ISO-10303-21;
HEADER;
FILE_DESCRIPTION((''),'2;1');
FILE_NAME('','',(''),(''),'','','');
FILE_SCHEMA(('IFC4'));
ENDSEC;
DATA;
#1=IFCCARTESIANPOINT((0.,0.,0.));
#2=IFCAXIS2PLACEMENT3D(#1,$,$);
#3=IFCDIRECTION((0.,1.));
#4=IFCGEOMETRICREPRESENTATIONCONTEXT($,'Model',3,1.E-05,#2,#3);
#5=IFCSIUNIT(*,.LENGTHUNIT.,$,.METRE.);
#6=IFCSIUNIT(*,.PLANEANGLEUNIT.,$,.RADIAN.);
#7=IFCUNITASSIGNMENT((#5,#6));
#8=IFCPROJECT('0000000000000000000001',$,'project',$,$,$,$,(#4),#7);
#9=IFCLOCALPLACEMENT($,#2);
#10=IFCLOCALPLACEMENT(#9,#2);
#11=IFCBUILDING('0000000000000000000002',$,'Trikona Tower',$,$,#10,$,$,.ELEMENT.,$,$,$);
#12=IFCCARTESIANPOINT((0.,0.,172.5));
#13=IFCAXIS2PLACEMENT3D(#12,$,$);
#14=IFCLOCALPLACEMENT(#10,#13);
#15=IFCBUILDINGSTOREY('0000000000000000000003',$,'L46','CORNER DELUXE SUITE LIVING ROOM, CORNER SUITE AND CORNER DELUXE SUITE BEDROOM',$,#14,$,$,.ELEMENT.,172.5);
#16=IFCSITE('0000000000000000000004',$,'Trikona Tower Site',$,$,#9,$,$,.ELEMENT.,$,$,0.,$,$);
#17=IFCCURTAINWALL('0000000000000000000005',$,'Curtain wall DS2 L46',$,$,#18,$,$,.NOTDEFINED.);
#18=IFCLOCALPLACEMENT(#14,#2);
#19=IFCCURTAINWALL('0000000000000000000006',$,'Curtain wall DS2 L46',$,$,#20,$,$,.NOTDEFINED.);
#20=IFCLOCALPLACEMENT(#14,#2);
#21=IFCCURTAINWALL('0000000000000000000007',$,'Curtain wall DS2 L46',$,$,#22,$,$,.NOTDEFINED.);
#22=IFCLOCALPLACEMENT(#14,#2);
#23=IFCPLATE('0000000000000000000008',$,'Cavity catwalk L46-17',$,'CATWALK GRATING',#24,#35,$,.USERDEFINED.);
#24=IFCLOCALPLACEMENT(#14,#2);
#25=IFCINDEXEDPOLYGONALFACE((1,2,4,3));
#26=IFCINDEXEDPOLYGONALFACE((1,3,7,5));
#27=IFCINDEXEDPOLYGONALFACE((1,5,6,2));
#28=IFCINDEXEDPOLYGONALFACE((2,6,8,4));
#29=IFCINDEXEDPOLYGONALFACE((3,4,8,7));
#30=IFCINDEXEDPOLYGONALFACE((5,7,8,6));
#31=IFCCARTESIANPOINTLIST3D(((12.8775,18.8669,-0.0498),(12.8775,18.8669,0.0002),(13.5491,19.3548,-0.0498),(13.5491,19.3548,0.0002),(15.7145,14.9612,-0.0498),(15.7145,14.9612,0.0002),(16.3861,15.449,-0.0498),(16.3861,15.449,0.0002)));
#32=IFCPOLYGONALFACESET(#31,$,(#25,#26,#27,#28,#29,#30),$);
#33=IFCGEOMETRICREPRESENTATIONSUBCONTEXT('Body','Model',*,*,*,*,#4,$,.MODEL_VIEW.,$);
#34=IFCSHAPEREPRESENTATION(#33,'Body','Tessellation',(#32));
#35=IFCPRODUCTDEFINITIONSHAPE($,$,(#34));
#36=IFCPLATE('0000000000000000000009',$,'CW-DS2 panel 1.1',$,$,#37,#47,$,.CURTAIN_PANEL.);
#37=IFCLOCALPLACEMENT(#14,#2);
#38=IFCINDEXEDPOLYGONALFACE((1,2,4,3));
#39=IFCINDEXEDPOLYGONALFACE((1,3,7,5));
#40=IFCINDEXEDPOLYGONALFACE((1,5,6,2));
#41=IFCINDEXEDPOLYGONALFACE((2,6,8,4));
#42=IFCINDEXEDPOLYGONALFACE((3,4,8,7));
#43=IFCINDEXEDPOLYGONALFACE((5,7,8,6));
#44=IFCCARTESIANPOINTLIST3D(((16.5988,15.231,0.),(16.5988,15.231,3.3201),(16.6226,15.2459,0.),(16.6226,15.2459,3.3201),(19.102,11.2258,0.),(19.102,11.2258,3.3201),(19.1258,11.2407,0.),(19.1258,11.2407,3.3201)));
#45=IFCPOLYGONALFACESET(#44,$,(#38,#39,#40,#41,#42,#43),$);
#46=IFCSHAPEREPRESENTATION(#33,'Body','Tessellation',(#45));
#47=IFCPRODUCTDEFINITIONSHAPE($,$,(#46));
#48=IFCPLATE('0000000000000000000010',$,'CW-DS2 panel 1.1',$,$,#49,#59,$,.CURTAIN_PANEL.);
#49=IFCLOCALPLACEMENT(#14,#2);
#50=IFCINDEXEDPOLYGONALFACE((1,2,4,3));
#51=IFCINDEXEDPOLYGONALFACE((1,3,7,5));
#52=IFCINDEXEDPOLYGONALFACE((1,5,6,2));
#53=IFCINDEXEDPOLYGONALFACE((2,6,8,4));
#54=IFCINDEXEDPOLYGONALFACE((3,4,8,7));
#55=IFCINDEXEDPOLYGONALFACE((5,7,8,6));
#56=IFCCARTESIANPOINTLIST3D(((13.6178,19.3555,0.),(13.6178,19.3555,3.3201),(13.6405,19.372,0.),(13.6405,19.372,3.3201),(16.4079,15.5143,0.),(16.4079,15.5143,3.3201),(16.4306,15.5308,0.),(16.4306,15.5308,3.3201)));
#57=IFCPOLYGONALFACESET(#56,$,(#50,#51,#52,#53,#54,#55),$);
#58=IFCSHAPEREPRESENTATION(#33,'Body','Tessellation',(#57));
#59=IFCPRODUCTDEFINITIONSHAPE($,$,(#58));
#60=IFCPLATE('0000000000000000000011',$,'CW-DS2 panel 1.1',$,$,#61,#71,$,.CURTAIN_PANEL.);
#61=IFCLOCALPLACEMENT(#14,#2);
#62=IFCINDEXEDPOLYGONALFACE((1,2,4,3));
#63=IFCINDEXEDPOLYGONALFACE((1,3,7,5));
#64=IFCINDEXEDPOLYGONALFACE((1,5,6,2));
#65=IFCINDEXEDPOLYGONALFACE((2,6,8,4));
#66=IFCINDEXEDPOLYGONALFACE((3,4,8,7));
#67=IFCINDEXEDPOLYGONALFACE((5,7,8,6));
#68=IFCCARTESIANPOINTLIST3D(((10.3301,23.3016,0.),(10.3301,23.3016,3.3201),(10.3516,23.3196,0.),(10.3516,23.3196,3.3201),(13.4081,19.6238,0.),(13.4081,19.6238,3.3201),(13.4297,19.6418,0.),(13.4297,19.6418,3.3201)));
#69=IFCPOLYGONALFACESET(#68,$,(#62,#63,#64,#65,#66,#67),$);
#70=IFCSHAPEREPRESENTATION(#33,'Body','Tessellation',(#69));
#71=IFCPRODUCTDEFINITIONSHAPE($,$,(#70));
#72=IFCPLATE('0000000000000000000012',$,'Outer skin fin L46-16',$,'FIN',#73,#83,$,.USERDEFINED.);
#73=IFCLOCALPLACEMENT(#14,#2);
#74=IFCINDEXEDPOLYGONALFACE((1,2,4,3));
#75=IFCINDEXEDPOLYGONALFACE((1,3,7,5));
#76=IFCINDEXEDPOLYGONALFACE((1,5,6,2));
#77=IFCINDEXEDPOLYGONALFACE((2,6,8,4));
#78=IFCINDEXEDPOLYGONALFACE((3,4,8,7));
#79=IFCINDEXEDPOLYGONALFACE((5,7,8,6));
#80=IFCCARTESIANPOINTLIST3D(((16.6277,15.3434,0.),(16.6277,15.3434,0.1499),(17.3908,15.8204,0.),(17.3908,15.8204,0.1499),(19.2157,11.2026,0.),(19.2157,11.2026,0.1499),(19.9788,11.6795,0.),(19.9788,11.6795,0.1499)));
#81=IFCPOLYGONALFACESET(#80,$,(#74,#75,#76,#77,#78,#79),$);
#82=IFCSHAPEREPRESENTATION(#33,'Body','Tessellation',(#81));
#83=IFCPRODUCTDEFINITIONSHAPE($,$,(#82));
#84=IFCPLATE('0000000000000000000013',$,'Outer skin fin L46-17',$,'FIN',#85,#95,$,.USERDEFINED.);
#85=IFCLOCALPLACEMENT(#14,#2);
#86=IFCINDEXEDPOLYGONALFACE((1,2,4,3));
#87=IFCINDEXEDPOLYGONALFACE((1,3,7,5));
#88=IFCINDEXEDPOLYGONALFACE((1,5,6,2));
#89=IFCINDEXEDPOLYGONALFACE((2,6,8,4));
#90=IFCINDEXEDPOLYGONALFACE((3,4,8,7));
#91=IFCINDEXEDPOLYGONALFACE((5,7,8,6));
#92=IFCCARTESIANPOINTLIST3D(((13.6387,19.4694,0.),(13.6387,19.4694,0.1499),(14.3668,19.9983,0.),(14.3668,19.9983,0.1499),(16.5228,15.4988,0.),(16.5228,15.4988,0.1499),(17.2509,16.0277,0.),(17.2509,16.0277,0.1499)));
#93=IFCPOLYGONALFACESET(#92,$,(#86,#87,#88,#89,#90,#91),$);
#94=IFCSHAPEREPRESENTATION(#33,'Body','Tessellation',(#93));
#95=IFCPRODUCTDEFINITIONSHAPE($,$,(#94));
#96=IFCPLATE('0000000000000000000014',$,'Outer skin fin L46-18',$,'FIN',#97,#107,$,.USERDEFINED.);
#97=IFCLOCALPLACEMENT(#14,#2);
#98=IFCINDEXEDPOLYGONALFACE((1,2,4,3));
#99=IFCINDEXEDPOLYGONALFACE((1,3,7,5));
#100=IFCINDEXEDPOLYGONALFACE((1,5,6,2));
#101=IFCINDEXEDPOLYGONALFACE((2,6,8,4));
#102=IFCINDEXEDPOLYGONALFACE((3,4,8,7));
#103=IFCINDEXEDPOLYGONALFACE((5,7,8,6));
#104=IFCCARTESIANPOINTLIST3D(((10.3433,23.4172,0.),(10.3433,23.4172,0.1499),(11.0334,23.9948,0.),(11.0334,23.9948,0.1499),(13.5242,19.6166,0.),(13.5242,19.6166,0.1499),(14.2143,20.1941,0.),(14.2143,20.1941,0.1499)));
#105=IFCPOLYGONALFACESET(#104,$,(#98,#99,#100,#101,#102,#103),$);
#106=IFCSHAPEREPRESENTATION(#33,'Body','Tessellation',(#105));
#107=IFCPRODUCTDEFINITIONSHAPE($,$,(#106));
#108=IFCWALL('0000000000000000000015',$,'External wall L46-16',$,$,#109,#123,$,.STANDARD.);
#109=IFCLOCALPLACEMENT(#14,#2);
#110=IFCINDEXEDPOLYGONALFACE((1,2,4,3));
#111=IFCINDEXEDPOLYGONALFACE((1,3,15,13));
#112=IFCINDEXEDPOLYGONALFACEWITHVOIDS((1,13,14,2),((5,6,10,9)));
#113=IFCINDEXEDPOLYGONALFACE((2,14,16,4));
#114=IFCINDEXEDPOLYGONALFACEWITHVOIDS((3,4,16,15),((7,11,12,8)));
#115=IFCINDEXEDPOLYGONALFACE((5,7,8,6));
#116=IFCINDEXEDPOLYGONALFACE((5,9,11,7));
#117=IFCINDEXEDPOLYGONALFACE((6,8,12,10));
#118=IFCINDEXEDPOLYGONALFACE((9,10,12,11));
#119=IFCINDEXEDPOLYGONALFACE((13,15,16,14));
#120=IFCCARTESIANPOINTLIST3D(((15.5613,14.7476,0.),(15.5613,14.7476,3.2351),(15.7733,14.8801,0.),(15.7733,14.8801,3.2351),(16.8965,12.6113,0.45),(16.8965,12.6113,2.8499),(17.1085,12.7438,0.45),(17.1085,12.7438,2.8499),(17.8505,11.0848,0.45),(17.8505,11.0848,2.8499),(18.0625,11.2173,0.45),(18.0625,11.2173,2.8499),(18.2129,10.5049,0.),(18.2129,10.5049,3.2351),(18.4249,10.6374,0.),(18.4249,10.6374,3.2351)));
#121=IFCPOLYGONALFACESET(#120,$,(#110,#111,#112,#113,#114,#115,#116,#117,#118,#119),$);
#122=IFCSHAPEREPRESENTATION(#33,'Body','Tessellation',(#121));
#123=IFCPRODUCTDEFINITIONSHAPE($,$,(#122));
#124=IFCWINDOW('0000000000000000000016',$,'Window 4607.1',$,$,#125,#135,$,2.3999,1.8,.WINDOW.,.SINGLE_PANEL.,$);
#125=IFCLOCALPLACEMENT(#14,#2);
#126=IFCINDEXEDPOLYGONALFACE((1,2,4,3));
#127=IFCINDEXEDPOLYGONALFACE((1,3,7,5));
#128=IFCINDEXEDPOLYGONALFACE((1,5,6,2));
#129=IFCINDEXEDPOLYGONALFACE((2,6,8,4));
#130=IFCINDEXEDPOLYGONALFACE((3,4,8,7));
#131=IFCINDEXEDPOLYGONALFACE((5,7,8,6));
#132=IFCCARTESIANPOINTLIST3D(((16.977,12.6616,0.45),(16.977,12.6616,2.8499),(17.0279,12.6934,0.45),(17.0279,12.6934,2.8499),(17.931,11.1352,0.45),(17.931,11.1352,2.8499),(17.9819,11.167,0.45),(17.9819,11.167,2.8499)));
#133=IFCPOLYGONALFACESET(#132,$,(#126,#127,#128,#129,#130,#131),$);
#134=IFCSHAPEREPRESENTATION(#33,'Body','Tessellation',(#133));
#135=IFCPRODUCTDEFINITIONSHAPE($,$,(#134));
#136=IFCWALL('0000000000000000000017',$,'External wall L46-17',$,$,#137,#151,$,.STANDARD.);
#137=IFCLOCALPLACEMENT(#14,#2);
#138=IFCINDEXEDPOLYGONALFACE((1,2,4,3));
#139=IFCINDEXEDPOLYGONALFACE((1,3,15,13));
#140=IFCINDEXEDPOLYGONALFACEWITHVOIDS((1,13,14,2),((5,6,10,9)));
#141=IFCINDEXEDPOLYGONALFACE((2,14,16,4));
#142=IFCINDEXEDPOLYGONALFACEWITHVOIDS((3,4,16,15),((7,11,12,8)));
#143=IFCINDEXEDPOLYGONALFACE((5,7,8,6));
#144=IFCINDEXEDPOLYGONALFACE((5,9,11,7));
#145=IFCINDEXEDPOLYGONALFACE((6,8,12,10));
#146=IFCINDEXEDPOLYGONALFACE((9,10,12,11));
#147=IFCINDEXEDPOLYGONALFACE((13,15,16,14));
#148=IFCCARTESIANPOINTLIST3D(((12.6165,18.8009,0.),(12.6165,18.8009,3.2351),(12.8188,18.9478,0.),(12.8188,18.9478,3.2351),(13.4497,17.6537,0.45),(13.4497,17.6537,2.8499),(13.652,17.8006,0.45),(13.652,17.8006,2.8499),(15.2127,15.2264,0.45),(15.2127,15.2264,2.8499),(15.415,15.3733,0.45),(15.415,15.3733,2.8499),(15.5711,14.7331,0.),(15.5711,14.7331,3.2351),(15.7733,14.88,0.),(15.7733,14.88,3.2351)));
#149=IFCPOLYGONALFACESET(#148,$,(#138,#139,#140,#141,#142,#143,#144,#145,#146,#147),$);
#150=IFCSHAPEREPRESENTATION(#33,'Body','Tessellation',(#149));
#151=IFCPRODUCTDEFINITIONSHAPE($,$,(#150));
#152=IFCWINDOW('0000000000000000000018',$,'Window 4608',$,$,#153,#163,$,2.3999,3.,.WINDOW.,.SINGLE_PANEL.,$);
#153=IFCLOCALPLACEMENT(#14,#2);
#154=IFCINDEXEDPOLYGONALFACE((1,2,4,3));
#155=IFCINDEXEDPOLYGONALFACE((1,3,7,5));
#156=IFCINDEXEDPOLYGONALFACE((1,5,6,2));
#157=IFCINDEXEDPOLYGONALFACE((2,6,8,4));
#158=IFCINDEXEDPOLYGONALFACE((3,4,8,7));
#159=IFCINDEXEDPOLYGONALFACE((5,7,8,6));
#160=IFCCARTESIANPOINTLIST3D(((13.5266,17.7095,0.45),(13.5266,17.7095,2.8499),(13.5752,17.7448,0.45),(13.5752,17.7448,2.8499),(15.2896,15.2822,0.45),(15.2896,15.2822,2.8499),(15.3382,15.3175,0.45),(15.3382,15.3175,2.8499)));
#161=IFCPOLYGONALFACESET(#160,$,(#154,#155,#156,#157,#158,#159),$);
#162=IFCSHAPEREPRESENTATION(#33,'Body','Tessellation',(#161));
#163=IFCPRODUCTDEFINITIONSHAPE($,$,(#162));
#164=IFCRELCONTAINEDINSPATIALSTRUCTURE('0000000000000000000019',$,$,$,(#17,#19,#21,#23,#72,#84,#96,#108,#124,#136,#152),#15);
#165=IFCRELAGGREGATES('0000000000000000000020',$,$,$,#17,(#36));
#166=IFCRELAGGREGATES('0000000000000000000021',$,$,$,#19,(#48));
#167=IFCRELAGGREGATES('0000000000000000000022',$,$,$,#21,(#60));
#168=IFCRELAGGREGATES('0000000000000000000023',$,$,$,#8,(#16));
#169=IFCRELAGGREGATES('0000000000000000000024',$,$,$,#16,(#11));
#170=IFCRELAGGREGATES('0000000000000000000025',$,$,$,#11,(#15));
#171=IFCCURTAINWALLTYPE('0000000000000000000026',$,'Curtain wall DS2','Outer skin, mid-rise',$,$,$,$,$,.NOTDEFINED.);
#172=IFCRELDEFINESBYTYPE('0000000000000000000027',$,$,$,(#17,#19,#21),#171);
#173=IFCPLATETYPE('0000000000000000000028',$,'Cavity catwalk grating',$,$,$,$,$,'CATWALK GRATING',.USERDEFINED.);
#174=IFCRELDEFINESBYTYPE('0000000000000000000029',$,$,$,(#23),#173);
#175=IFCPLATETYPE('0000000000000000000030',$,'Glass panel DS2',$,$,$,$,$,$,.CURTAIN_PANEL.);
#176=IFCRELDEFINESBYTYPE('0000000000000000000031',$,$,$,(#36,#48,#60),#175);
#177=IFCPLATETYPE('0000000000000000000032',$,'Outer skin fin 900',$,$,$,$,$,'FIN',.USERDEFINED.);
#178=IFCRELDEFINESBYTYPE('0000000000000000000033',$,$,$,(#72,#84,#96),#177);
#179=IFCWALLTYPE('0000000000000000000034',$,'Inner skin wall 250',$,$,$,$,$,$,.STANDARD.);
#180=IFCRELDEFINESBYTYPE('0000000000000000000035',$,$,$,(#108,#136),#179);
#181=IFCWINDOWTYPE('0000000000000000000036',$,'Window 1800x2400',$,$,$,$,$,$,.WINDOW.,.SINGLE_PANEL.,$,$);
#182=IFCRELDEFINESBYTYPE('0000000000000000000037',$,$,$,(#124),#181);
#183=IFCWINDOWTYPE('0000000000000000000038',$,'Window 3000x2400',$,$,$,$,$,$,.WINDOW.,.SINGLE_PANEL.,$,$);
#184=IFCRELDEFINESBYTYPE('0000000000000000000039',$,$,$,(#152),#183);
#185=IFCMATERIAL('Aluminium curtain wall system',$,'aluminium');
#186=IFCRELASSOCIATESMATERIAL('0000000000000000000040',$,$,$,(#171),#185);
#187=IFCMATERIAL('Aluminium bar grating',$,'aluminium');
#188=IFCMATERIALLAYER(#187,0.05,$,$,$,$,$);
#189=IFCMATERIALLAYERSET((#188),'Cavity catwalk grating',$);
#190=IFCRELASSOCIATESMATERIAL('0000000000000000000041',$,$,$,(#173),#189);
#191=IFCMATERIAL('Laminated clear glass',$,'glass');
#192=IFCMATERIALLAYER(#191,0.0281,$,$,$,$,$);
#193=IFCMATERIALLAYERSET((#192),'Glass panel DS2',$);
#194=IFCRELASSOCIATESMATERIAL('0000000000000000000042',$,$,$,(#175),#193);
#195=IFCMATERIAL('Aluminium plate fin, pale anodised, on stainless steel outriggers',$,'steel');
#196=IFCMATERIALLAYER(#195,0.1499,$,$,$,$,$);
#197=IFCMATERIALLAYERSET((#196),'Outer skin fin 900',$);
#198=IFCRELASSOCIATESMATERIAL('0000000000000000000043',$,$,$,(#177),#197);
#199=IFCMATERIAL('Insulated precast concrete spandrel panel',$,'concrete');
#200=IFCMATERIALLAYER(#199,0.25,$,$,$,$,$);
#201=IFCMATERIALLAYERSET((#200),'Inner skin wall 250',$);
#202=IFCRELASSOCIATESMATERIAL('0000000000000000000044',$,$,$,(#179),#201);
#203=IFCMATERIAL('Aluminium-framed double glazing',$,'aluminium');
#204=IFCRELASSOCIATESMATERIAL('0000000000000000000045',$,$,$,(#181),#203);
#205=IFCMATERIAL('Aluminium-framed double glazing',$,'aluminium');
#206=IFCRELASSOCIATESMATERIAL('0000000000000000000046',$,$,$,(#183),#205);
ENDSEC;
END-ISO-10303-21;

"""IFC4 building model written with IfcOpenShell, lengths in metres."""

from ifc_helpers import new_model, si_unit, direction, frame, frame_2d, origin, origin_2d, place, context, subcontext, project, spatial, rectangle, extrude, material, layer, layer_set, type_object, element, fill, aggregate, save


model = new_model("IFC4")

# Units and contexts
model_context = context("Model", 3, precision=1e-05, world=origin(), true_north=direction((0.0, 1.0)))
body_context = subcontext(model_context, "Body", "Model", "MODEL_VIEW")
ifc_project = project(units=[si_unit("LENGTHUNIT", "METRE"), si_unit("PLANEANGLEUNIT", "RADIAN")], contexts=[model_context])

# Site, building, storey
site_placement = place(None, origin())
site = spatial("IfcSite", under=ifc_project, at=site_placement, Name="Trikona Tower Site", CompositionType="ELEMENT", RefElevation=0.0)
building_placement = place(site_placement, origin())
building = spatial("IfcBuilding", under=site, at=building_placement, Name="Trikona Tower", CompositionType="ELEMENT")
storey_placement = place(building_placement, frame((0.0, 0.0, 172.5)))
storey = spatial("IfcBuildingStorey", under=building, at=storey_placement, Name="L46", Description="CORNER DELUXE SUITE LIVING ROOM, CORNER SUITE AND CORNER DELUXE SUITE BEDROOM", CompositionType="ELEMENT", Elevation=172.5)

# Shared definitions
ifc_material_1 = material(Name="Aluminium curtain wall system", Category="aluminium")
curtain_wall_type = type_object("IfcCurtainWallType", Name="Curtain wall DS2", Description="Outer skin, mid-rise", PredefinedType="NOTDEFINED", material=ifc_material_1)

# Curtain walls
curtain_wall_1_placement = place(storey_placement, origin())
curtain_wall_1 = element("IfcCurtainWall", 1, at=curtain_wall_1_placement, inside=storey, type_object=curtain_wall_type, Name="Curtain wall DS2 L46", PredefinedType="NOTDEFINED")
curtain_wall_2_placement = place(storey_placement, origin())
curtain_wall_2 = element("IfcCurtainWall", 2, at=curtain_wall_2_placement, inside=storey, type_object=curtain_wall_type, Name="Curtain wall DS2 L46", PredefinedType="NOTDEFINED")

# Curtain wall
curtain_wall_3_placement = place(storey_placement, origin())
curtain_wall_3 = element("IfcCurtainWall", 3, at=curtain_wall_3_placement, inside=storey, type_object=curtain_wall_type, Name="Curtain wall DS2 L46", PredefinedType="NOTDEFINED")

# Plate
ifc_material_2 = material(Name="Aluminium bar grating", Category="aluminium")
ifc_layer_1 = layer(ifc_material_2, 0.05)
ifc_layer_set_1 = layer_set([ifc_layer_1], Name="Cavity catwalk grating")
plate_type_1 = type_object("IfcPlateType", Name="Cavity catwalk grating", ElementType="CATWALK GRATING", PredefinedType="USERDEFINED", material=ifc_layer_set_1)
plate_1_placement = place(storey_placement, frame((14.6318, 17.158, -0.0498), z_axis=(0.0, 0.0, 1.0), x_axis=(-0.587686, 0.809089, 0.0)))
element("IfcPlate", 4, at=plate_1_placement, inside=storey, type_object=plate_type_1, Name="Cavity catwalk L46-17", ObjectType="CATWALK GRATING", PredefinedType="USERDEFINED", context=body_context, shape_type="SweptSolid", body=[
    extrude(rectangle(XDim=4.8274, YDim=0.8301, at=origin_2d()), origin(), (0.0, 0.0, 1.0), 0.05),
])

# Plates
ifc_material_3 = material(Name="Laminated clear glass", Category="glass")
ifc_layer_2 = layer(ifc_material_3, 0.0281)
ifc_layer_set_2 = layer_set([ifc_layer_2], Name="Glass panel DS2")
plate_type_2 = type_object("IfcPlateType", Name="Glass panel DS2", PredefinedType="CURTAIN_PANEL", material=ifc_layer_set_2)
plate_2_placement = place(storey_placement, frame((17.8623, 13.2358, 0.0), z_axis=(0.0, 0.0, 1.0), x_axis=(-0.529999, 0.847998, 0.0)))
plate_2 = element("IfcPlate", 5, at=plate_2_placement, type_object=plate_type_2, Name="CW-DS2 panel 1.1", PredefinedType="CURTAIN_PANEL", context=body_context, shape_type="SweptSolid", body=[
    extrude(rectangle(XDim=4.7231, YDim=0.0281, at=origin_2d()), origin(), (0.0, 0.0, 1.0), 3.3201),
])
aggregate(curtain_wall_1, [plate_2])
plate_3_placement = place(storey_placement, frame((15.0242, 17.4431, 0.0), z_axis=(0.0, 0.0, 1.0), x_axis=(-0.587691, 0.809086, 0.0)))
plate_3 = element("IfcPlate", 6, at=plate_3_placement, type_object=plate_type_2, Name="CW-DS2 panel 1.1", PredefinedType="CURTAIN_PANEL", context=body_context, shape_type="SweptSolid", body=[
    extrude(rectangle(XDim=4.7476, YDim=0.0281, at=origin_2d()), origin(), (0.0, 0.0, 1.0), 3.3201),
])
aggregate(curtain_wall_2, [plate_3])
plate_4_placement = place(storey_placement, frame((11.8799, 21.4717, 0.0), z_axis=(0.0, 0.0, 1.0), x_axis=(-0.641806, 0.766867, 0.0)))
plate_4 = element("IfcPlate", 7, at=plate_4_placement, type_object=plate_type_2, Name="CW-DS2 panel 1.1", PredefinedType="CURTAIN_PANEL", context=body_context, shape_type="SweptSolid", body=[
    extrude(rectangle(XDim=4.7959, YDim=0.0281, at=origin_2d()), origin(), (0.0, 0.0, 1.0), 3.3201),
])
aggregate(curtain_wall_3, [plate_4])

# Plates
ifc_material_4 = material(Name="Aluminium plate fin, pale anodised, on stainless steel outriggers", Category="steel")
ifc_layer_3 = layer(ifc_material_4, 0.1499)
ifc_layer_set_3 = layer_set([ifc_layer_3], Name="Outer skin fin 900")
plate_type_3 = type_object("IfcPlateType", Name="Outer skin fin 900", ElementType="FIN", PredefinedType="USERDEFINED", material=ifc_layer_set_3)
plate_5_placement = place(storey_placement, frame((18.3032, 13.5115, 0.0), z_axis=(0.0, 0.0, 1.0), x_axis=(-0.529995, 0.848001, 0.0)))
element("IfcPlate", 8, at=plate_5_placement, inside=storey, type_object=plate_type_3, Name="Outer skin fin L46-16", ObjectType="FIN", PredefinedType="USERDEFINED", context=body_context, shape_type="SweptSolid", body=[
    extrude(rectangle(XDim=4.8831, YDim=0.8999, at=origin_2d()), origin(), (0.0, 0.0, 1.0), 0.1499),
])
plate_6_placement = place(storey_placement, frame((15.4448, 17.7485, 0.0), z_axis=(0.0, 0.0, 1.0), x_axis=(-0.587686, 0.809089, 0.0)))
element("IfcPlate", 9, at=plate_6_placement, inside=storey, type_object=plate_type_3, Name="Outer skin fin L46-17", ObjectType="FIN", PredefinedType="USERDEFINED", context=body_context, shape_type="SweptSolid", body=[
    extrude(rectangle(XDim=4.9075, YDim=0.8999, at=origin_2d()), origin(), (0.0, 0.0, 1.0), 0.1499),
])
plate_7_placement = place(storey_placement, frame((12.2788, 21.8057, 0.0), z_axis=(0.0, 0.0, 1.0), x_axis=(-0.641807, 0.766866, 0.0)))
element("IfcPlate", 10, at=plate_7_placement, inside=storey, type_object=plate_type_3, Name="Outer skin fin L46-18", ObjectType="FIN", PredefinedType="USERDEFINED", context=body_context, shape_type="SweptSolid", body=[
    extrude(rectangle(XDim=4.9561, YDim=0.8999, at=origin_2d()), origin(), (0.0, 0.0, 1.0), 0.1499),
])

# Walls, openings, windows
ifc_material_5 = material(Name="Insulated precast concrete spandrel panel", Category="concrete")
ifc_layer_4 = layer(ifc_material_5, 0.25)
ifc_layer_set_4 = layer_set([ifc_layer_4], Name="Inner skin wall 250")
wall_type = type_object("IfcWallType", Name="Inner skin wall 250", PredefinedType="STANDARD", material=ifc_layer_set_4)
wall_1_placement = place(storey_placement, frame((18.3188, 10.5713, 0.0), z_axis=(0.0, 0.0, 1.0), x_axis=(-0.52999, 0.848004, 0.0)))
wall_1 = element("IfcWall", 11, at=wall_1_placement, inside=storey, type_object=wall_type, Name="External wall L46-16", PredefinedType="STANDARD", context=body_context, shape_type="SweptSolid", body=[
    extrude(rectangle(XDim=5.0032, YDim=0.25, at=frame_2d((2.5015, 0.0))), origin(), (0.0, 0.0, 1.0), 3.2351),
])
opening_1_placement = place(wall_1_placement, frame((0.6838, 0.0, 0.45)))
opening_1 = element("IfcOpeningElement", 12, at=opening_1_placement, cuts=wall_1, PredefinedType="OPENING", context=body_context, shape_type="SweptSolid", body=[
    extrude(rectangle(XDim=1.8, YDim=2.3999, at=frame_2d((0.8999, 1.2))), frame((0.0, 0.135, 0.0), z_axis=(0.0, -1.0, 0.0), x_axis=(1.0, 0.0, 0.0)), (0.0, 0.0, 1.0), 0.27),
])
ifc_material_6 = material(Name="Aluminium-framed double glazing", Category="aluminium")
window_type_1 = type_object("IfcWindowType", Name="Window 1800x2400", PartitioningType="SINGLE_PANEL", PredefinedType="WINDOW", material=ifc_material_6)
window_1_placement = place(opening_1_placement, origin())
window_1 = element("IfcWindow", 13, at=window_1_placement, inside=storey, type_object=window_type_1, Name="Window 4607.1", OverallHeight=2.3999, OverallWidth=1.8, PartitioningType="SINGLE_PANEL", PredefinedType="WINDOW", context=body_context, shape_type="SweptSolid", body=[
    extrude(rectangle(XDim=1.8, YDim=2.3999, at=frame_2d((0.8999, 1.2))), frame((0.0, 0.03, 0.0), z_axis=(0.0, -1.0, 0.0), x_axis=(1.0, 0.0, 0.0)), (0.0, 0.0, 1.0), 0.0601),
])
fill(opening_1, window_1)
wall_2_placement = place(storey_placement, frame((15.6721, 14.8066, 0.0), z_axis=(0.0, 0.0, 1.0), x_axis=(-0.587669, 0.809101, 0.0)))
wall_2 = element("IfcWall", 14, at=wall_2_placement, inside=storey, type_object=wall_type, Name="External wall L46-17", PredefinedType="STANDARD", context=body_context, shape_type="SweptSolid", body=[
    extrude(rectangle(XDim=5.0276, YDim=0.25, at=frame_2d((2.5137, 0.0))), origin(), (0.0, 0.0, 1.0), 3.2351),
])
opening_2_placement = place(wall_2_placement, frame((0.6096, 0.0, 0.45)))
opening_2 = element("IfcOpeningElement", 15, at=opening_2_placement, cuts=wall_2, PredefinedType="OPENING", context=body_context, shape_type="SweptSolid", body=[
    extrude(rectangle(XDim=3.0, YDim=2.3999, at=frame_2d((1.5, 1.2))), frame((0.0, 0.135, 0.0), z_axis=(0.0, -1.0, 0.0), x_axis=(1.0, 0.0, 0.0)), (0.0, 0.0, 1.0), 0.27),
])
ifc_material_7 = material(Name="Aluminium-framed double glazing", Category="aluminium")
window_type_2 = type_object("IfcWindowType", Name="Window 3000x2400", PartitioningType="SINGLE_PANEL", PredefinedType="WINDOW", material=ifc_material_7)
window_2_placement = place(opening_2_placement, origin())
window_2 = element("IfcWindow", 16, at=window_2_placement, inside=storey, type_object=window_type_2, Name="Window 4608", OverallHeight=2.3999, OverallWidth=3.0, PartitioningType="SINGLE_PANEL", PredefinedType="WINDOW", context=body_context, shape_type="SweptSolid", body=[
    extrude(rectangle(XDim=3.0, YDim=2.3999, at=frame_2d((1.5, 1.2))), frame((0.0, 0.03, 0.0), z_axis=(0.0, -1.0, 0.0), x_axis=(1.0, 0.0, 0.0)), (0.0, 0.0, 1.0), 0.0601),
])
fill(opening_2, window_2)

save(model, "model.ifc")
